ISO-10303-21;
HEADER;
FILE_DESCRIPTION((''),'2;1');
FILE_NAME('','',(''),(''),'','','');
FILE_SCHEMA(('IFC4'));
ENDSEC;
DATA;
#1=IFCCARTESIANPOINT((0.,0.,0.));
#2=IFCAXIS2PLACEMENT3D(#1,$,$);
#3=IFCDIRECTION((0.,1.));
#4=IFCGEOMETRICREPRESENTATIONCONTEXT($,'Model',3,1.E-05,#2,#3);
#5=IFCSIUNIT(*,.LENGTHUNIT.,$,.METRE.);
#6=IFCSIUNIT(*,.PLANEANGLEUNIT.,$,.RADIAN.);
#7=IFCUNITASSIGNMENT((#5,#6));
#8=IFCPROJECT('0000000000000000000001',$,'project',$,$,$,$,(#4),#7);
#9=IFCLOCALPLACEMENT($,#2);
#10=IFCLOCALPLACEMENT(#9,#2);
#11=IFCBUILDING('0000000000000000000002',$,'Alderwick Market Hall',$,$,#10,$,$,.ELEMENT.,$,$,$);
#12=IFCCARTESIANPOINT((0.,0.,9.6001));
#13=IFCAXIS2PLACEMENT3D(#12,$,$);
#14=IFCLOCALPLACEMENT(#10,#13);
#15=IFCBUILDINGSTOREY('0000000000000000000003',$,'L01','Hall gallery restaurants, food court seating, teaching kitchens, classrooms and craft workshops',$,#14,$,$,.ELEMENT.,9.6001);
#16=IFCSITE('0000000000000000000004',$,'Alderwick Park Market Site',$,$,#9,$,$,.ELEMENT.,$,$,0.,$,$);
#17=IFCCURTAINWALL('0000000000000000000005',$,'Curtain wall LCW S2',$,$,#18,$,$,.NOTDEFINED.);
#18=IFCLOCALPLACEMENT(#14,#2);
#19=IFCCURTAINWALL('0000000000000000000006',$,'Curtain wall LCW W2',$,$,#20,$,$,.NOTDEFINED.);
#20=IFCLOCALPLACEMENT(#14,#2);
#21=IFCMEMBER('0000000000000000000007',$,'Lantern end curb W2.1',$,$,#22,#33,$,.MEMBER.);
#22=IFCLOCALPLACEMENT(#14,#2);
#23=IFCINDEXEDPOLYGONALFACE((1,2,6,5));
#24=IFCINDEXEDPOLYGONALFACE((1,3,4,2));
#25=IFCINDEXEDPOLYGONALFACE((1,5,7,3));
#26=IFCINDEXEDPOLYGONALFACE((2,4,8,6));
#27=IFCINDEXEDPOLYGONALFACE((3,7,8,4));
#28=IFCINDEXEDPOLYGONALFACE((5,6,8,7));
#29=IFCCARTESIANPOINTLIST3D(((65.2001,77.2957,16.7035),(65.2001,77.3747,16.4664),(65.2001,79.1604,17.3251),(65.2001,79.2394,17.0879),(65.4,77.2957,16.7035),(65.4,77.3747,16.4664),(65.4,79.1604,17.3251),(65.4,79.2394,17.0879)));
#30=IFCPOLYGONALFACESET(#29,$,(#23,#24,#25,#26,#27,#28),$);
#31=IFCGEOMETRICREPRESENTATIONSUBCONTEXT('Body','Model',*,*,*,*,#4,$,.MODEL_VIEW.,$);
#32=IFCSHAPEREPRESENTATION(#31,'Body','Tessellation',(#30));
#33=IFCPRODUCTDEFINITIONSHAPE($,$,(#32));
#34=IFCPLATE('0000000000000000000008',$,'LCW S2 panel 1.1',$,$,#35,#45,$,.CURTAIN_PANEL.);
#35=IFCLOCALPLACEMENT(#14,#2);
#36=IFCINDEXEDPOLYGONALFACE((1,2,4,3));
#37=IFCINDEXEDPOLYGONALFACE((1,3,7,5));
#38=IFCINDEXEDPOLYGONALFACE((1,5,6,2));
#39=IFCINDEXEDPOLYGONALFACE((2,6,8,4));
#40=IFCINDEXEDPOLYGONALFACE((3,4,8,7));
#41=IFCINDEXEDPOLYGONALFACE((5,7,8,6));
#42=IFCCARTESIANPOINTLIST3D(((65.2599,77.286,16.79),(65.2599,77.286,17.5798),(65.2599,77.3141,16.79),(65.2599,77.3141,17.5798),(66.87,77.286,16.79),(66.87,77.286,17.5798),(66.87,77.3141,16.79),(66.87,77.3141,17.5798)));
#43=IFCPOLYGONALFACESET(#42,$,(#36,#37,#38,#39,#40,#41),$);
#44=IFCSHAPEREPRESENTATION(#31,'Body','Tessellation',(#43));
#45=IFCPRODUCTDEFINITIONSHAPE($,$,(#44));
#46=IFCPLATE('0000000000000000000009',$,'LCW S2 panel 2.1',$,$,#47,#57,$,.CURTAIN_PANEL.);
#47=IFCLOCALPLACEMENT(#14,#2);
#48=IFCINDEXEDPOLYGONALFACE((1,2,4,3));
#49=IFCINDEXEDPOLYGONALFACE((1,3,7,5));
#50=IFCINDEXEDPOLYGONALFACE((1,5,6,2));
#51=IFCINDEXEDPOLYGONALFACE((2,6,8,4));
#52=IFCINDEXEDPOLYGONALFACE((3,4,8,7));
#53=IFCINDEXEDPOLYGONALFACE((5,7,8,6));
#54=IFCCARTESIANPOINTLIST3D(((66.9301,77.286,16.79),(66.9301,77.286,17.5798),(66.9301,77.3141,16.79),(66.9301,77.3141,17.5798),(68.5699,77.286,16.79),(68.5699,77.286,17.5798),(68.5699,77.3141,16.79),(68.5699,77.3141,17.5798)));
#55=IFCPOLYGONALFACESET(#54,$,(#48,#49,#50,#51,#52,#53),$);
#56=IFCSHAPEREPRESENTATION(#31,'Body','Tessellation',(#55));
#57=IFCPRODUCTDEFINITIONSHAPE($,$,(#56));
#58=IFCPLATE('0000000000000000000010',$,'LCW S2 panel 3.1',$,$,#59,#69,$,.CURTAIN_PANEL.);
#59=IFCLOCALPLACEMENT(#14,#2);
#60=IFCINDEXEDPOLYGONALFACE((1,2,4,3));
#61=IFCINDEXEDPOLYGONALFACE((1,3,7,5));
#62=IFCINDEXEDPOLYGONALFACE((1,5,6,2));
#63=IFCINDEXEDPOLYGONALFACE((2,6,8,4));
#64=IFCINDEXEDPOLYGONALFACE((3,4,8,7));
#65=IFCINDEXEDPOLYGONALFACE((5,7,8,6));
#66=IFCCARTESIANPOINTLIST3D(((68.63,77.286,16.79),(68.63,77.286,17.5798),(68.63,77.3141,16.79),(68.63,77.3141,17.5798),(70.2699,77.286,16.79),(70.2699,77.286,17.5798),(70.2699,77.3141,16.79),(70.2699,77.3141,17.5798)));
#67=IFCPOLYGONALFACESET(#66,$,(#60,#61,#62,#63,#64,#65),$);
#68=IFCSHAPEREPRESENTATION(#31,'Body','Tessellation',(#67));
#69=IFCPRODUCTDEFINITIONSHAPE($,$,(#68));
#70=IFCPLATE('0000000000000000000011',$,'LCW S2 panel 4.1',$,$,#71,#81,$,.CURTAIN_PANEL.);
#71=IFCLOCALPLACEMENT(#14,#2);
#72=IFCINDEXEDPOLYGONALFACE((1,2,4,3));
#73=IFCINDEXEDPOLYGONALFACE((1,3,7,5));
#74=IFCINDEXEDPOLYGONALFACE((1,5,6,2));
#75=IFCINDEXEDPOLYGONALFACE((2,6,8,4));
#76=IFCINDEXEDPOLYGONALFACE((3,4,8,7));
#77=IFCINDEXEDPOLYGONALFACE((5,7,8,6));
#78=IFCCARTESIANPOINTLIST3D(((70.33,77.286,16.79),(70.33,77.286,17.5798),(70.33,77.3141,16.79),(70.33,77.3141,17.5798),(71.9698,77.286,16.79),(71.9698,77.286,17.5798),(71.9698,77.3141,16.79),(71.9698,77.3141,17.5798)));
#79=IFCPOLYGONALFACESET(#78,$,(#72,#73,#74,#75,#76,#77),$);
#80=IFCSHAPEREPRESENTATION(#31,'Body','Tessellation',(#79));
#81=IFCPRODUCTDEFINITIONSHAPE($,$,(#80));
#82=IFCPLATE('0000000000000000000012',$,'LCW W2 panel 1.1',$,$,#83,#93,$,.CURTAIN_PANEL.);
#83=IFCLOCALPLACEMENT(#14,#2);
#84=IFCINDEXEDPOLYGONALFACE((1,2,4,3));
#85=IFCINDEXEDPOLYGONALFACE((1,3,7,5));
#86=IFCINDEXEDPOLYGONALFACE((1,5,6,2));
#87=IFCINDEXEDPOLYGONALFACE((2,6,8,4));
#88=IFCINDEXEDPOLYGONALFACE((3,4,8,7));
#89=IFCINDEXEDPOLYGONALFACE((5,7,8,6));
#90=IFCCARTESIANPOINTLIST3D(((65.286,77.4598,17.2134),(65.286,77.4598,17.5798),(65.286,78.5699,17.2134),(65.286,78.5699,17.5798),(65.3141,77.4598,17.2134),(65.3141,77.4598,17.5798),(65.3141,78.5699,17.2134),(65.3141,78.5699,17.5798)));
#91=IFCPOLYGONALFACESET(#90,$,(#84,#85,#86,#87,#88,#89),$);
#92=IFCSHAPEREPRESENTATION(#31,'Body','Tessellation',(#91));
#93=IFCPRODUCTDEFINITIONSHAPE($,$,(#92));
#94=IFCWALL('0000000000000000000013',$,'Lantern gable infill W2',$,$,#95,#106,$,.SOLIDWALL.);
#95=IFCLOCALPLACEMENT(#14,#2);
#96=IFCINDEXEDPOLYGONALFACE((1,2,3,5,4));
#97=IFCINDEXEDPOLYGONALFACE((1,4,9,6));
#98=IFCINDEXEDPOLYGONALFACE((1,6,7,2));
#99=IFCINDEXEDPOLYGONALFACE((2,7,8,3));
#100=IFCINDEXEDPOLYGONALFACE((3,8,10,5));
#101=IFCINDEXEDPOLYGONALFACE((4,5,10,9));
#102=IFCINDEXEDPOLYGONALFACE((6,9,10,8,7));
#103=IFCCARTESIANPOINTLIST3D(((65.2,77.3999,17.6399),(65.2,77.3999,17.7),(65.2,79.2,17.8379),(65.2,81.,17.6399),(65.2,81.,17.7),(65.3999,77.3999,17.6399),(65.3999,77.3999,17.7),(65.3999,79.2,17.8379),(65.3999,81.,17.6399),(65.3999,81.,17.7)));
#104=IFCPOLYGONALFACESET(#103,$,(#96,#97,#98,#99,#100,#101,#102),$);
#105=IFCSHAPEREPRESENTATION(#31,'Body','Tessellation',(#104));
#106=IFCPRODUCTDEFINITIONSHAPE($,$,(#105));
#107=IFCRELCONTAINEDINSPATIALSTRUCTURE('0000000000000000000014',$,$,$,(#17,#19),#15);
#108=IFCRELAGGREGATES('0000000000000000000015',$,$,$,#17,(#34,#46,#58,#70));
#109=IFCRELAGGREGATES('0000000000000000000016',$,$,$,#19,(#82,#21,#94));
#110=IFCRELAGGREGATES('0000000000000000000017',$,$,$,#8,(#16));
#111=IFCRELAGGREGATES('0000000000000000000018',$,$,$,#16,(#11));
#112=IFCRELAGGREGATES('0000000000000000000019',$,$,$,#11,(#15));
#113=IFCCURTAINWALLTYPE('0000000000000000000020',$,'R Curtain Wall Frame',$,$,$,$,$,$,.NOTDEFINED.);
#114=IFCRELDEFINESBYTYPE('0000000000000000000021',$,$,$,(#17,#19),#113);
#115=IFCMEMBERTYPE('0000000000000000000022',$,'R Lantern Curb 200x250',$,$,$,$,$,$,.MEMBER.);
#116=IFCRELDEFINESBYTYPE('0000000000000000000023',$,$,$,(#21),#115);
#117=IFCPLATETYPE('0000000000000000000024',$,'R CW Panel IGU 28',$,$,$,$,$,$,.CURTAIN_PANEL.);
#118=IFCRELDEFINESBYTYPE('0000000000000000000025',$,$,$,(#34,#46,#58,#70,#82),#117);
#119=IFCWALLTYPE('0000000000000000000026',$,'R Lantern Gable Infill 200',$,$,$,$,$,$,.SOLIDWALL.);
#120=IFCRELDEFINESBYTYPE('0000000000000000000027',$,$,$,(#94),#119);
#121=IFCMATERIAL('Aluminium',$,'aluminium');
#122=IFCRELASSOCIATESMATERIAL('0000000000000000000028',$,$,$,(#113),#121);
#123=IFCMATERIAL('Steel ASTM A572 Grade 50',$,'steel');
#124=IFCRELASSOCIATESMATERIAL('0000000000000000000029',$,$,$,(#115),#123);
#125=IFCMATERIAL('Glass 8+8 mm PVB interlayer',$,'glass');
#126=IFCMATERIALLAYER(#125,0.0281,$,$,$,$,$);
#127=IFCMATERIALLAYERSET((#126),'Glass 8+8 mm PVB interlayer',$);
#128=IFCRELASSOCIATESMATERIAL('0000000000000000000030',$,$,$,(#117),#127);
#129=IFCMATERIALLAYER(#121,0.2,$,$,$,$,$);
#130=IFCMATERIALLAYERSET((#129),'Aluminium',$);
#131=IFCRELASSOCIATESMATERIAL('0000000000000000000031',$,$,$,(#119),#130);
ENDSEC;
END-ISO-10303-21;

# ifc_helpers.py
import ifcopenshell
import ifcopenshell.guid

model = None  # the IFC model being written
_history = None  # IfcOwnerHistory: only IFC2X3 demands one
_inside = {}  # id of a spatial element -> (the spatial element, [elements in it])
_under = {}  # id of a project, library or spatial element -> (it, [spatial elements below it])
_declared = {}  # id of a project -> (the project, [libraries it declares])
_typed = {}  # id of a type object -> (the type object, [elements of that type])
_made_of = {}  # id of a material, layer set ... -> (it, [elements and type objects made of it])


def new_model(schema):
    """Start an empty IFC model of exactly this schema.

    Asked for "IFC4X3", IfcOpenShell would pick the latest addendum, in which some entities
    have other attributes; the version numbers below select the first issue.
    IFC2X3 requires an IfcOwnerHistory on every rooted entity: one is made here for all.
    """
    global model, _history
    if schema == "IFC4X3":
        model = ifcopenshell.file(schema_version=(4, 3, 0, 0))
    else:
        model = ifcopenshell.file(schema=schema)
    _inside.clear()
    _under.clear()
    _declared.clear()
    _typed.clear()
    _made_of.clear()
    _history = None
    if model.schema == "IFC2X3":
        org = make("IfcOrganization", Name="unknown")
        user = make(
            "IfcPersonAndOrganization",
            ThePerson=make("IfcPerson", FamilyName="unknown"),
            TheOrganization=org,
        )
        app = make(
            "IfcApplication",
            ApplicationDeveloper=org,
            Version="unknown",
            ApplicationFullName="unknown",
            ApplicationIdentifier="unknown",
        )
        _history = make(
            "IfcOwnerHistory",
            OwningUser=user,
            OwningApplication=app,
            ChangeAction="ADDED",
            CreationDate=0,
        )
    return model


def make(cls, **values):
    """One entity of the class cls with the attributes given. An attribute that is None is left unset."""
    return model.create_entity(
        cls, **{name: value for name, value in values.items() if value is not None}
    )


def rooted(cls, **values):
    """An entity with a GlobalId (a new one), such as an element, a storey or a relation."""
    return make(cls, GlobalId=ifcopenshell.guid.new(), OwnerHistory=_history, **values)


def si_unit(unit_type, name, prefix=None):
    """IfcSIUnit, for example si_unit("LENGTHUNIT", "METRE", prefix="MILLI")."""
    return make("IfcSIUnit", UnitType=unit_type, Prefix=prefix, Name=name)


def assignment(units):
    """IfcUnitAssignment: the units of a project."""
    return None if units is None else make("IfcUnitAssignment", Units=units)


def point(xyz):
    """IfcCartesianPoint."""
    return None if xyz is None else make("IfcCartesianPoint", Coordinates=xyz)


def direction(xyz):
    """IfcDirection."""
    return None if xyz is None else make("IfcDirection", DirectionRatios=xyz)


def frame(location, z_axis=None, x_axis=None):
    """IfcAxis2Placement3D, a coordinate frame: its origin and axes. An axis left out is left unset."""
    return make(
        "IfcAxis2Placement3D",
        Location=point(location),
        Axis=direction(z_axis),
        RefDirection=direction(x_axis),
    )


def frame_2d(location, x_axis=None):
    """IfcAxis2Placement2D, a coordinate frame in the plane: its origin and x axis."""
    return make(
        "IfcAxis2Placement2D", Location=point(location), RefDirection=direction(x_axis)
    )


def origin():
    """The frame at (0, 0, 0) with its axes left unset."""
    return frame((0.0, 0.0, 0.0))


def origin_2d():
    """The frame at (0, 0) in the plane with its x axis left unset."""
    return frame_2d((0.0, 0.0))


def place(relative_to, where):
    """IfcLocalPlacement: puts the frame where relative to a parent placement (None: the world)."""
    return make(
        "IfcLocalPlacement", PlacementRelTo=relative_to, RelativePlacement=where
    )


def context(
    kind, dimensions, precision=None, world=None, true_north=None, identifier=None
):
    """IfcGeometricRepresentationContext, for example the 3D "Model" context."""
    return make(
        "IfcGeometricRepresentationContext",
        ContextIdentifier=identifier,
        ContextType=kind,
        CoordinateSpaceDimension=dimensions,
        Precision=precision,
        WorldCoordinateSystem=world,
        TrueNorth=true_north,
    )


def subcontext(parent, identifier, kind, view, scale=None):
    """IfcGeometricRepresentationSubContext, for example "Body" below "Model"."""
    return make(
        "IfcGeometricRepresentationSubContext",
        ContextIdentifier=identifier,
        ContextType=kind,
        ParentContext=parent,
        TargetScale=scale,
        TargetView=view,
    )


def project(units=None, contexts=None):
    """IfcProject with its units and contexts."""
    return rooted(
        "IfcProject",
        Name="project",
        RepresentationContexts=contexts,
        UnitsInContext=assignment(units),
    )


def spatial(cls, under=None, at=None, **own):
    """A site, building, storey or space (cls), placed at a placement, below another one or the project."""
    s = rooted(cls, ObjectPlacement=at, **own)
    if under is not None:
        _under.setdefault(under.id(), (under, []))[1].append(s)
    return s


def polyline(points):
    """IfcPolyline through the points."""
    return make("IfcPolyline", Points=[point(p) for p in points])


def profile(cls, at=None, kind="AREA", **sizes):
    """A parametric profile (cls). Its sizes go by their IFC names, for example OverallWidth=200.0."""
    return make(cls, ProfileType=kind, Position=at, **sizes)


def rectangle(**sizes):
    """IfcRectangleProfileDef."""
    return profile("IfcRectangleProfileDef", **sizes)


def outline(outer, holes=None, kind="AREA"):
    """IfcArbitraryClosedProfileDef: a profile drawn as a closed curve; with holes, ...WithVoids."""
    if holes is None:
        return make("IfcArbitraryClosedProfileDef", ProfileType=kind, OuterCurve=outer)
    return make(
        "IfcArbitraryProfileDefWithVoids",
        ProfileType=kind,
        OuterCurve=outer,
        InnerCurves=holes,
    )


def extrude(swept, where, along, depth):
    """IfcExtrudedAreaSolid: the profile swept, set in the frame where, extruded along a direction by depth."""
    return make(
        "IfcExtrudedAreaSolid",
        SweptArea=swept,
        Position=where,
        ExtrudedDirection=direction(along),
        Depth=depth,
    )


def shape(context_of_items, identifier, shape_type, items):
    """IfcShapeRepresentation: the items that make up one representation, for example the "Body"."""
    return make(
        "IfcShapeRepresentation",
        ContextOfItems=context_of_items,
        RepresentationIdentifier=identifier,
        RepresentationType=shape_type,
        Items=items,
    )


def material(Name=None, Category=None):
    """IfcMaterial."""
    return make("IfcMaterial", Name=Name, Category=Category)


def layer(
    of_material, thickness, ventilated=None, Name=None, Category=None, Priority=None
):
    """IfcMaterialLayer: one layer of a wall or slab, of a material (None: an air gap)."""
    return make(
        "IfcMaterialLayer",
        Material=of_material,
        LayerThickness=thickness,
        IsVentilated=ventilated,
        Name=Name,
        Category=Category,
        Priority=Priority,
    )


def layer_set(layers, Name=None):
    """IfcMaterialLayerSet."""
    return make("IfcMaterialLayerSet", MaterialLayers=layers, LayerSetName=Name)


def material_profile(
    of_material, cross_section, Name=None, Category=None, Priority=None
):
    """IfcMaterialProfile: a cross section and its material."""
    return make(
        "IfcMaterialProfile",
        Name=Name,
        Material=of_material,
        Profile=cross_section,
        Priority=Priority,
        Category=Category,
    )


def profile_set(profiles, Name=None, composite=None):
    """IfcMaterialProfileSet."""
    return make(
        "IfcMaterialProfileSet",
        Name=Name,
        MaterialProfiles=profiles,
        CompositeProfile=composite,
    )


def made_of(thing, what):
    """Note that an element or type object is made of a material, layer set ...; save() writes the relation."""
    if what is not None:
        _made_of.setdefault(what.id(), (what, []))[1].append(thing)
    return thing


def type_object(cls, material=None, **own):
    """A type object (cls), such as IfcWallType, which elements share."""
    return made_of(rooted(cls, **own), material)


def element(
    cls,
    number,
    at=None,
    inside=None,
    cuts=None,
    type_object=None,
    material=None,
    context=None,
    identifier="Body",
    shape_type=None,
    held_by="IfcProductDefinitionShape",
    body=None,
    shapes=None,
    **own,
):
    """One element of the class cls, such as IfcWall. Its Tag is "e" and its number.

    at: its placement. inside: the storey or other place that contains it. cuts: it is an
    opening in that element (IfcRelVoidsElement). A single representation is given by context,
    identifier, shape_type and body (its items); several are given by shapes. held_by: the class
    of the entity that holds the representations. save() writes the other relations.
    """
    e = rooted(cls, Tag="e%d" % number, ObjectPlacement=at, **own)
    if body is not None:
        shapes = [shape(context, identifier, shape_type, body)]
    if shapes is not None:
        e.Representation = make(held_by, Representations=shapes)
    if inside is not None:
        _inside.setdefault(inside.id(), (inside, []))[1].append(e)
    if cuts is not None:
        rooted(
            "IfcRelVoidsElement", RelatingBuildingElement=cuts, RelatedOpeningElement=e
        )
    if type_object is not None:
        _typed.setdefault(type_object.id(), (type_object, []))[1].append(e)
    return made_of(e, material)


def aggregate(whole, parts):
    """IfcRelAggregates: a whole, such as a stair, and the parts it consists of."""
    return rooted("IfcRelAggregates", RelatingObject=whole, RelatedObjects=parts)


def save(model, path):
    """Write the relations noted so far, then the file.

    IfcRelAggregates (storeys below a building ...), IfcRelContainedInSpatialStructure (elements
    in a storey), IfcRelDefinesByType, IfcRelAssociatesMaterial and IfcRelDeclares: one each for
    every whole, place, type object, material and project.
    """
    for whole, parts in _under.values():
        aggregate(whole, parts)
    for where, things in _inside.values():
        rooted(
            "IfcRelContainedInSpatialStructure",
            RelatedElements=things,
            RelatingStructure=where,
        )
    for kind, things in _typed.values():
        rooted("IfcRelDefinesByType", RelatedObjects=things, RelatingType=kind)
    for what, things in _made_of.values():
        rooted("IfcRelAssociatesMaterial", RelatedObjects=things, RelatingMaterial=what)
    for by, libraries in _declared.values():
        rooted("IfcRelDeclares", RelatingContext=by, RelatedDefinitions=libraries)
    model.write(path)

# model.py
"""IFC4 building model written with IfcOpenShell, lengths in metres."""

from ifc_helpers import new_model, si_unit, direction, frame, origin, origin_2d, place, context, subcontext, project, spatial, polyline, rectangle, outline, extrude, material, layer, layer_set, material_profile, profile_set, type_object, element, aggregate, save


model = new_model("IFC4")

# Units and contexts
model_context = context("Model", 3, precision=1e-05, world=origin(), true_north=direction((0.0, 1.0)))
body_context = subcontext(model_context, "Body", "Model", "MODEL_VIEW")
ifc_project = project(units=[si_unit("LENGTHUNIT", "METRE"), si_unit("PLANEANGLEUNIT", "RADIAN")], contexts=[model_context])

# Site, building, storey
site_placement = place(None, origin())
site = spatial("IfcSite", under=ifc_project, at=site_placement, Name="Alderwick Park Market Site", CompositionType="ELEMENT", RefElevation=0.0)
building_placement = place(site_placement, origin())
building = spatial("IfcBuilding", under=site, at=building_placement, Name="Alderwick Market Hall", CompositionType="ELEMENT")
storey_placement = place(building_placement, frame((0.0, 0.0, 9.6001)))
storey = spatial("IfcBuildingStorey", under=building, at=storey_placement, Name="L01", Description="Hall gallery restaurants, food court seating, teaching kitchens, classrooms and craft workshops", CompositionType="ELEMENT", Elevation=9.6001)

# Curtain wall
ifc_material_1 = material(Name="Aluminium", Category="aluminium")
curtain_wall_type = type_object("IfcCurtainWallType", Name="R Curtain Wall Frame", PredefinedType="NOTDEFINED", material=ifc_material_1)
curtain_wall_1_placement = place(storey_placement, origin())
curtain_wall_1 = element("IfcCurtainWall", 1, at=curtain_wall_1_placement, inside=storey, type_object=curtain_wall_type, Name="Curtain wall LCW S2", PredefinedType="NOTDEFINED")

# Curtain wall
curtain_wall_2_placement = place(storey_placement, origin())
curtain_wall_2 = element("IfcCurtainWall", 2, at=curtain_wall_2_placement, inside=storey, type_object=curtain_wall_type, Name="Curtain wall LCW W2", PredefinedType="NOTDEFINED")

# Member
ifc_material_2 = material(Name="Steel ASTM A572 Grade 50", Category="steel")
ifc_material_profile_1 = material_profile(ifc_material_2, rectangle(XDim=0.2, YDim=0.25, at=origin_2d()), Name="Steel plate curb 200x250")
ifc_profile_set_1 = profile_set([ifc_material_profile_1], Name="Steel ASTM A572 Grade 50")
member_type_1 = type_object("IfcMemberType", Name="R Lantern Curb 200x250", PredefinedType="MEMBER", material=ifc_profile_set_1)
member_1_placement = place(storey_placement, frame((65.3, 77.3352, 16.585), z_axis=(0.0, 0.948683, 0.316228), x_axis=(-1.0, 0.0, 0.0)))
member_1 = element("IfcMember", 3, at=member_1_placement, type_object=member_type_1, Name="Lantern end curb W2.1", PredefinedType="MEMBER", context=body_context, shape_type="SweptSolid", body=[
    extrude(rectangle(XDim=0.2, YDim=0.25, at=origin_2d()), origin(), (0.0, 0.0, 1.0), 1.9656),
])

# Plates
ifc_material_3 = material(Name="Glass 8+8 mm PVB interlayer", Category="glass")
ifc_layer_1 = layer(ifc_material_3, 0.0281)
ifc_layer_set_1 = layer_set([ifc_layer_1], Name="Glass 8+8 mm PVB interlayer")
plate_type = type_object("IfcPlateType", Name="R CW Panel IGU 28", PredefinedType="CURTAIN_PANEL", material=ifc_layer_set_1)
plate_1_placement = place(storey_placement, frame((66.0649, 77.3, 16.79), z_axis=(0.0, 0.0, 1.0), x_axis=(1.0, 0.0, 0.0)))
plate_1 = element("IfcPlate", 4, at=plate_1_placement, type_object=plate_type, Name="LCW S2 panel 1.1", PredefinedType="CURTAIN_PANEL", context=body_context, shape_type="SweptSolid", body=[
    extrude(rectangle(XDim=1.6101, YDim=0.0281, at=origin_2d()), origin(), (0.0, 0.0, 1.0), 0.7898),
])
plate_2_placement = place(storey_placement, frame((67.75, 77.3, 16.79), z_axis=(0.0, 0.0, 1.0), x_axis=(1.0, 0.0, 0.0)))
plate_2 = element("IfcPlate", 5, at=plate_2_placement, type_object=plate_type, Name="LCW S2 panel 2.1", PredefinedType="CURTAIN_PANEL", context=body_context, shape_type="SweptSolid", body=[
    extrude(rectangle(XDim=1.6399, YDim=0.0281, at=origin_2d()), origin(), (0.0, 0.0, 1.0), 0.7898),
])
plate_3_placement = place(storey_placement, frame((69.45, 77.3, 16.79), z_axis=(0.0, 0.0, 1.0), x_axis=(1.0, 0.0, 0.0)))
plate_3 = element("IfcPlate", 6, at=plate_3_placement, type_object=plate_type, Name="LCW S2 panel 3.1", PredefinedType="CURTAIN_PANEL", context=body_context, shape_type="SweptSolid", body=[
    extrude(rectangle(XDim=1.6399, YDim=0.0281, at=origin_2d()), origin(), (0.0, 0.0, 1.0), 0.7898),
])
plate_4_placement = place(storey_placement, frame((71.1499, 77.3, 16.79), z_axis=(0.0, 0.0, 1.0), x_axis=(1.0, 0.0, 0.0)))
plate_4 = element("IfcPlate", 7, at=plate_4_placement, type_object=plate_type, Name="LCW S2 panel 4.1", PredefinedType="CURTAIN_PANEL", context=body_context, shape_type="SweptSolid", body=[
    extrude(rectangle(XDim=1.6399, YDim=0.0281, at=origin_2d()), origin(), (0.0, 0.0, 1.0), 0.7898),
])
aggregate(curtain_wall_1, [plate_1, plate_2, plate_3, plate_4])
plate_5_placement = place(storey_placement, frame((65.3, 78.0149, 17.2134), z_axis=(0.0, 0.0, 1.0), x_axis=(1.0, 0.0, 0.0)))
plate_5 = element("IfcPlate", 8, at=plate_5_placement, type_object=plate_type, Name="LCW W2 panel 1.1", PredefinedType="CURTAIN_PANEL", context=body_context, shape_type="SweptSolid", body=[
    extrude(rectangle(XDim=0.0281, YDim=1.1101, at=origin_2d()), origin(), (0.0, 0.0, 1.0), 0.3665),
])

# Wall
ifc_layer_2 = layer(ifc_material_1, 0.2)
ifc_layer_set_2 = layer_set([ifc_layer_2], Name="Aluminium")
wall_type = type_object("IfcWallType", Name="R Lantern Gable Infill 200", PredefinedType="SOLIDWALL", material=ifc_layer_set_2)
wall_placement = place(storey_placement, frame((65.3, 77.3999, 17.6399), z_axis=(0.0, 0.0, 1.0), x_axis=(0.0, 1.0, 0.0)))
wall = element("IfcWall", 9, at=wall_placement, type_object=wall_type, Name="Lantern gable infill W2", PredefinedType="SOLIDWALL", context=body_context, shape_type="SweptSolid", body=[
    extrude(outline(polyline([(0.0, 0.0), (3.6001, 0.0), (3.6001, 0.0601), (1.8, 0.198), (0.0, 0.0601), (0.0, 0.0)])), frame((0.0, 0.1001, 0.0), z_axis=(0.0, -1.0, 0.0), x_axis=(1.0, 0.0, 0.0)), (0.0, 0.0, 1.0), 0.2),
])
aggregate(curtain_wall_2, [plate_5, member_1, wall])

save(model, "model.ifc")
